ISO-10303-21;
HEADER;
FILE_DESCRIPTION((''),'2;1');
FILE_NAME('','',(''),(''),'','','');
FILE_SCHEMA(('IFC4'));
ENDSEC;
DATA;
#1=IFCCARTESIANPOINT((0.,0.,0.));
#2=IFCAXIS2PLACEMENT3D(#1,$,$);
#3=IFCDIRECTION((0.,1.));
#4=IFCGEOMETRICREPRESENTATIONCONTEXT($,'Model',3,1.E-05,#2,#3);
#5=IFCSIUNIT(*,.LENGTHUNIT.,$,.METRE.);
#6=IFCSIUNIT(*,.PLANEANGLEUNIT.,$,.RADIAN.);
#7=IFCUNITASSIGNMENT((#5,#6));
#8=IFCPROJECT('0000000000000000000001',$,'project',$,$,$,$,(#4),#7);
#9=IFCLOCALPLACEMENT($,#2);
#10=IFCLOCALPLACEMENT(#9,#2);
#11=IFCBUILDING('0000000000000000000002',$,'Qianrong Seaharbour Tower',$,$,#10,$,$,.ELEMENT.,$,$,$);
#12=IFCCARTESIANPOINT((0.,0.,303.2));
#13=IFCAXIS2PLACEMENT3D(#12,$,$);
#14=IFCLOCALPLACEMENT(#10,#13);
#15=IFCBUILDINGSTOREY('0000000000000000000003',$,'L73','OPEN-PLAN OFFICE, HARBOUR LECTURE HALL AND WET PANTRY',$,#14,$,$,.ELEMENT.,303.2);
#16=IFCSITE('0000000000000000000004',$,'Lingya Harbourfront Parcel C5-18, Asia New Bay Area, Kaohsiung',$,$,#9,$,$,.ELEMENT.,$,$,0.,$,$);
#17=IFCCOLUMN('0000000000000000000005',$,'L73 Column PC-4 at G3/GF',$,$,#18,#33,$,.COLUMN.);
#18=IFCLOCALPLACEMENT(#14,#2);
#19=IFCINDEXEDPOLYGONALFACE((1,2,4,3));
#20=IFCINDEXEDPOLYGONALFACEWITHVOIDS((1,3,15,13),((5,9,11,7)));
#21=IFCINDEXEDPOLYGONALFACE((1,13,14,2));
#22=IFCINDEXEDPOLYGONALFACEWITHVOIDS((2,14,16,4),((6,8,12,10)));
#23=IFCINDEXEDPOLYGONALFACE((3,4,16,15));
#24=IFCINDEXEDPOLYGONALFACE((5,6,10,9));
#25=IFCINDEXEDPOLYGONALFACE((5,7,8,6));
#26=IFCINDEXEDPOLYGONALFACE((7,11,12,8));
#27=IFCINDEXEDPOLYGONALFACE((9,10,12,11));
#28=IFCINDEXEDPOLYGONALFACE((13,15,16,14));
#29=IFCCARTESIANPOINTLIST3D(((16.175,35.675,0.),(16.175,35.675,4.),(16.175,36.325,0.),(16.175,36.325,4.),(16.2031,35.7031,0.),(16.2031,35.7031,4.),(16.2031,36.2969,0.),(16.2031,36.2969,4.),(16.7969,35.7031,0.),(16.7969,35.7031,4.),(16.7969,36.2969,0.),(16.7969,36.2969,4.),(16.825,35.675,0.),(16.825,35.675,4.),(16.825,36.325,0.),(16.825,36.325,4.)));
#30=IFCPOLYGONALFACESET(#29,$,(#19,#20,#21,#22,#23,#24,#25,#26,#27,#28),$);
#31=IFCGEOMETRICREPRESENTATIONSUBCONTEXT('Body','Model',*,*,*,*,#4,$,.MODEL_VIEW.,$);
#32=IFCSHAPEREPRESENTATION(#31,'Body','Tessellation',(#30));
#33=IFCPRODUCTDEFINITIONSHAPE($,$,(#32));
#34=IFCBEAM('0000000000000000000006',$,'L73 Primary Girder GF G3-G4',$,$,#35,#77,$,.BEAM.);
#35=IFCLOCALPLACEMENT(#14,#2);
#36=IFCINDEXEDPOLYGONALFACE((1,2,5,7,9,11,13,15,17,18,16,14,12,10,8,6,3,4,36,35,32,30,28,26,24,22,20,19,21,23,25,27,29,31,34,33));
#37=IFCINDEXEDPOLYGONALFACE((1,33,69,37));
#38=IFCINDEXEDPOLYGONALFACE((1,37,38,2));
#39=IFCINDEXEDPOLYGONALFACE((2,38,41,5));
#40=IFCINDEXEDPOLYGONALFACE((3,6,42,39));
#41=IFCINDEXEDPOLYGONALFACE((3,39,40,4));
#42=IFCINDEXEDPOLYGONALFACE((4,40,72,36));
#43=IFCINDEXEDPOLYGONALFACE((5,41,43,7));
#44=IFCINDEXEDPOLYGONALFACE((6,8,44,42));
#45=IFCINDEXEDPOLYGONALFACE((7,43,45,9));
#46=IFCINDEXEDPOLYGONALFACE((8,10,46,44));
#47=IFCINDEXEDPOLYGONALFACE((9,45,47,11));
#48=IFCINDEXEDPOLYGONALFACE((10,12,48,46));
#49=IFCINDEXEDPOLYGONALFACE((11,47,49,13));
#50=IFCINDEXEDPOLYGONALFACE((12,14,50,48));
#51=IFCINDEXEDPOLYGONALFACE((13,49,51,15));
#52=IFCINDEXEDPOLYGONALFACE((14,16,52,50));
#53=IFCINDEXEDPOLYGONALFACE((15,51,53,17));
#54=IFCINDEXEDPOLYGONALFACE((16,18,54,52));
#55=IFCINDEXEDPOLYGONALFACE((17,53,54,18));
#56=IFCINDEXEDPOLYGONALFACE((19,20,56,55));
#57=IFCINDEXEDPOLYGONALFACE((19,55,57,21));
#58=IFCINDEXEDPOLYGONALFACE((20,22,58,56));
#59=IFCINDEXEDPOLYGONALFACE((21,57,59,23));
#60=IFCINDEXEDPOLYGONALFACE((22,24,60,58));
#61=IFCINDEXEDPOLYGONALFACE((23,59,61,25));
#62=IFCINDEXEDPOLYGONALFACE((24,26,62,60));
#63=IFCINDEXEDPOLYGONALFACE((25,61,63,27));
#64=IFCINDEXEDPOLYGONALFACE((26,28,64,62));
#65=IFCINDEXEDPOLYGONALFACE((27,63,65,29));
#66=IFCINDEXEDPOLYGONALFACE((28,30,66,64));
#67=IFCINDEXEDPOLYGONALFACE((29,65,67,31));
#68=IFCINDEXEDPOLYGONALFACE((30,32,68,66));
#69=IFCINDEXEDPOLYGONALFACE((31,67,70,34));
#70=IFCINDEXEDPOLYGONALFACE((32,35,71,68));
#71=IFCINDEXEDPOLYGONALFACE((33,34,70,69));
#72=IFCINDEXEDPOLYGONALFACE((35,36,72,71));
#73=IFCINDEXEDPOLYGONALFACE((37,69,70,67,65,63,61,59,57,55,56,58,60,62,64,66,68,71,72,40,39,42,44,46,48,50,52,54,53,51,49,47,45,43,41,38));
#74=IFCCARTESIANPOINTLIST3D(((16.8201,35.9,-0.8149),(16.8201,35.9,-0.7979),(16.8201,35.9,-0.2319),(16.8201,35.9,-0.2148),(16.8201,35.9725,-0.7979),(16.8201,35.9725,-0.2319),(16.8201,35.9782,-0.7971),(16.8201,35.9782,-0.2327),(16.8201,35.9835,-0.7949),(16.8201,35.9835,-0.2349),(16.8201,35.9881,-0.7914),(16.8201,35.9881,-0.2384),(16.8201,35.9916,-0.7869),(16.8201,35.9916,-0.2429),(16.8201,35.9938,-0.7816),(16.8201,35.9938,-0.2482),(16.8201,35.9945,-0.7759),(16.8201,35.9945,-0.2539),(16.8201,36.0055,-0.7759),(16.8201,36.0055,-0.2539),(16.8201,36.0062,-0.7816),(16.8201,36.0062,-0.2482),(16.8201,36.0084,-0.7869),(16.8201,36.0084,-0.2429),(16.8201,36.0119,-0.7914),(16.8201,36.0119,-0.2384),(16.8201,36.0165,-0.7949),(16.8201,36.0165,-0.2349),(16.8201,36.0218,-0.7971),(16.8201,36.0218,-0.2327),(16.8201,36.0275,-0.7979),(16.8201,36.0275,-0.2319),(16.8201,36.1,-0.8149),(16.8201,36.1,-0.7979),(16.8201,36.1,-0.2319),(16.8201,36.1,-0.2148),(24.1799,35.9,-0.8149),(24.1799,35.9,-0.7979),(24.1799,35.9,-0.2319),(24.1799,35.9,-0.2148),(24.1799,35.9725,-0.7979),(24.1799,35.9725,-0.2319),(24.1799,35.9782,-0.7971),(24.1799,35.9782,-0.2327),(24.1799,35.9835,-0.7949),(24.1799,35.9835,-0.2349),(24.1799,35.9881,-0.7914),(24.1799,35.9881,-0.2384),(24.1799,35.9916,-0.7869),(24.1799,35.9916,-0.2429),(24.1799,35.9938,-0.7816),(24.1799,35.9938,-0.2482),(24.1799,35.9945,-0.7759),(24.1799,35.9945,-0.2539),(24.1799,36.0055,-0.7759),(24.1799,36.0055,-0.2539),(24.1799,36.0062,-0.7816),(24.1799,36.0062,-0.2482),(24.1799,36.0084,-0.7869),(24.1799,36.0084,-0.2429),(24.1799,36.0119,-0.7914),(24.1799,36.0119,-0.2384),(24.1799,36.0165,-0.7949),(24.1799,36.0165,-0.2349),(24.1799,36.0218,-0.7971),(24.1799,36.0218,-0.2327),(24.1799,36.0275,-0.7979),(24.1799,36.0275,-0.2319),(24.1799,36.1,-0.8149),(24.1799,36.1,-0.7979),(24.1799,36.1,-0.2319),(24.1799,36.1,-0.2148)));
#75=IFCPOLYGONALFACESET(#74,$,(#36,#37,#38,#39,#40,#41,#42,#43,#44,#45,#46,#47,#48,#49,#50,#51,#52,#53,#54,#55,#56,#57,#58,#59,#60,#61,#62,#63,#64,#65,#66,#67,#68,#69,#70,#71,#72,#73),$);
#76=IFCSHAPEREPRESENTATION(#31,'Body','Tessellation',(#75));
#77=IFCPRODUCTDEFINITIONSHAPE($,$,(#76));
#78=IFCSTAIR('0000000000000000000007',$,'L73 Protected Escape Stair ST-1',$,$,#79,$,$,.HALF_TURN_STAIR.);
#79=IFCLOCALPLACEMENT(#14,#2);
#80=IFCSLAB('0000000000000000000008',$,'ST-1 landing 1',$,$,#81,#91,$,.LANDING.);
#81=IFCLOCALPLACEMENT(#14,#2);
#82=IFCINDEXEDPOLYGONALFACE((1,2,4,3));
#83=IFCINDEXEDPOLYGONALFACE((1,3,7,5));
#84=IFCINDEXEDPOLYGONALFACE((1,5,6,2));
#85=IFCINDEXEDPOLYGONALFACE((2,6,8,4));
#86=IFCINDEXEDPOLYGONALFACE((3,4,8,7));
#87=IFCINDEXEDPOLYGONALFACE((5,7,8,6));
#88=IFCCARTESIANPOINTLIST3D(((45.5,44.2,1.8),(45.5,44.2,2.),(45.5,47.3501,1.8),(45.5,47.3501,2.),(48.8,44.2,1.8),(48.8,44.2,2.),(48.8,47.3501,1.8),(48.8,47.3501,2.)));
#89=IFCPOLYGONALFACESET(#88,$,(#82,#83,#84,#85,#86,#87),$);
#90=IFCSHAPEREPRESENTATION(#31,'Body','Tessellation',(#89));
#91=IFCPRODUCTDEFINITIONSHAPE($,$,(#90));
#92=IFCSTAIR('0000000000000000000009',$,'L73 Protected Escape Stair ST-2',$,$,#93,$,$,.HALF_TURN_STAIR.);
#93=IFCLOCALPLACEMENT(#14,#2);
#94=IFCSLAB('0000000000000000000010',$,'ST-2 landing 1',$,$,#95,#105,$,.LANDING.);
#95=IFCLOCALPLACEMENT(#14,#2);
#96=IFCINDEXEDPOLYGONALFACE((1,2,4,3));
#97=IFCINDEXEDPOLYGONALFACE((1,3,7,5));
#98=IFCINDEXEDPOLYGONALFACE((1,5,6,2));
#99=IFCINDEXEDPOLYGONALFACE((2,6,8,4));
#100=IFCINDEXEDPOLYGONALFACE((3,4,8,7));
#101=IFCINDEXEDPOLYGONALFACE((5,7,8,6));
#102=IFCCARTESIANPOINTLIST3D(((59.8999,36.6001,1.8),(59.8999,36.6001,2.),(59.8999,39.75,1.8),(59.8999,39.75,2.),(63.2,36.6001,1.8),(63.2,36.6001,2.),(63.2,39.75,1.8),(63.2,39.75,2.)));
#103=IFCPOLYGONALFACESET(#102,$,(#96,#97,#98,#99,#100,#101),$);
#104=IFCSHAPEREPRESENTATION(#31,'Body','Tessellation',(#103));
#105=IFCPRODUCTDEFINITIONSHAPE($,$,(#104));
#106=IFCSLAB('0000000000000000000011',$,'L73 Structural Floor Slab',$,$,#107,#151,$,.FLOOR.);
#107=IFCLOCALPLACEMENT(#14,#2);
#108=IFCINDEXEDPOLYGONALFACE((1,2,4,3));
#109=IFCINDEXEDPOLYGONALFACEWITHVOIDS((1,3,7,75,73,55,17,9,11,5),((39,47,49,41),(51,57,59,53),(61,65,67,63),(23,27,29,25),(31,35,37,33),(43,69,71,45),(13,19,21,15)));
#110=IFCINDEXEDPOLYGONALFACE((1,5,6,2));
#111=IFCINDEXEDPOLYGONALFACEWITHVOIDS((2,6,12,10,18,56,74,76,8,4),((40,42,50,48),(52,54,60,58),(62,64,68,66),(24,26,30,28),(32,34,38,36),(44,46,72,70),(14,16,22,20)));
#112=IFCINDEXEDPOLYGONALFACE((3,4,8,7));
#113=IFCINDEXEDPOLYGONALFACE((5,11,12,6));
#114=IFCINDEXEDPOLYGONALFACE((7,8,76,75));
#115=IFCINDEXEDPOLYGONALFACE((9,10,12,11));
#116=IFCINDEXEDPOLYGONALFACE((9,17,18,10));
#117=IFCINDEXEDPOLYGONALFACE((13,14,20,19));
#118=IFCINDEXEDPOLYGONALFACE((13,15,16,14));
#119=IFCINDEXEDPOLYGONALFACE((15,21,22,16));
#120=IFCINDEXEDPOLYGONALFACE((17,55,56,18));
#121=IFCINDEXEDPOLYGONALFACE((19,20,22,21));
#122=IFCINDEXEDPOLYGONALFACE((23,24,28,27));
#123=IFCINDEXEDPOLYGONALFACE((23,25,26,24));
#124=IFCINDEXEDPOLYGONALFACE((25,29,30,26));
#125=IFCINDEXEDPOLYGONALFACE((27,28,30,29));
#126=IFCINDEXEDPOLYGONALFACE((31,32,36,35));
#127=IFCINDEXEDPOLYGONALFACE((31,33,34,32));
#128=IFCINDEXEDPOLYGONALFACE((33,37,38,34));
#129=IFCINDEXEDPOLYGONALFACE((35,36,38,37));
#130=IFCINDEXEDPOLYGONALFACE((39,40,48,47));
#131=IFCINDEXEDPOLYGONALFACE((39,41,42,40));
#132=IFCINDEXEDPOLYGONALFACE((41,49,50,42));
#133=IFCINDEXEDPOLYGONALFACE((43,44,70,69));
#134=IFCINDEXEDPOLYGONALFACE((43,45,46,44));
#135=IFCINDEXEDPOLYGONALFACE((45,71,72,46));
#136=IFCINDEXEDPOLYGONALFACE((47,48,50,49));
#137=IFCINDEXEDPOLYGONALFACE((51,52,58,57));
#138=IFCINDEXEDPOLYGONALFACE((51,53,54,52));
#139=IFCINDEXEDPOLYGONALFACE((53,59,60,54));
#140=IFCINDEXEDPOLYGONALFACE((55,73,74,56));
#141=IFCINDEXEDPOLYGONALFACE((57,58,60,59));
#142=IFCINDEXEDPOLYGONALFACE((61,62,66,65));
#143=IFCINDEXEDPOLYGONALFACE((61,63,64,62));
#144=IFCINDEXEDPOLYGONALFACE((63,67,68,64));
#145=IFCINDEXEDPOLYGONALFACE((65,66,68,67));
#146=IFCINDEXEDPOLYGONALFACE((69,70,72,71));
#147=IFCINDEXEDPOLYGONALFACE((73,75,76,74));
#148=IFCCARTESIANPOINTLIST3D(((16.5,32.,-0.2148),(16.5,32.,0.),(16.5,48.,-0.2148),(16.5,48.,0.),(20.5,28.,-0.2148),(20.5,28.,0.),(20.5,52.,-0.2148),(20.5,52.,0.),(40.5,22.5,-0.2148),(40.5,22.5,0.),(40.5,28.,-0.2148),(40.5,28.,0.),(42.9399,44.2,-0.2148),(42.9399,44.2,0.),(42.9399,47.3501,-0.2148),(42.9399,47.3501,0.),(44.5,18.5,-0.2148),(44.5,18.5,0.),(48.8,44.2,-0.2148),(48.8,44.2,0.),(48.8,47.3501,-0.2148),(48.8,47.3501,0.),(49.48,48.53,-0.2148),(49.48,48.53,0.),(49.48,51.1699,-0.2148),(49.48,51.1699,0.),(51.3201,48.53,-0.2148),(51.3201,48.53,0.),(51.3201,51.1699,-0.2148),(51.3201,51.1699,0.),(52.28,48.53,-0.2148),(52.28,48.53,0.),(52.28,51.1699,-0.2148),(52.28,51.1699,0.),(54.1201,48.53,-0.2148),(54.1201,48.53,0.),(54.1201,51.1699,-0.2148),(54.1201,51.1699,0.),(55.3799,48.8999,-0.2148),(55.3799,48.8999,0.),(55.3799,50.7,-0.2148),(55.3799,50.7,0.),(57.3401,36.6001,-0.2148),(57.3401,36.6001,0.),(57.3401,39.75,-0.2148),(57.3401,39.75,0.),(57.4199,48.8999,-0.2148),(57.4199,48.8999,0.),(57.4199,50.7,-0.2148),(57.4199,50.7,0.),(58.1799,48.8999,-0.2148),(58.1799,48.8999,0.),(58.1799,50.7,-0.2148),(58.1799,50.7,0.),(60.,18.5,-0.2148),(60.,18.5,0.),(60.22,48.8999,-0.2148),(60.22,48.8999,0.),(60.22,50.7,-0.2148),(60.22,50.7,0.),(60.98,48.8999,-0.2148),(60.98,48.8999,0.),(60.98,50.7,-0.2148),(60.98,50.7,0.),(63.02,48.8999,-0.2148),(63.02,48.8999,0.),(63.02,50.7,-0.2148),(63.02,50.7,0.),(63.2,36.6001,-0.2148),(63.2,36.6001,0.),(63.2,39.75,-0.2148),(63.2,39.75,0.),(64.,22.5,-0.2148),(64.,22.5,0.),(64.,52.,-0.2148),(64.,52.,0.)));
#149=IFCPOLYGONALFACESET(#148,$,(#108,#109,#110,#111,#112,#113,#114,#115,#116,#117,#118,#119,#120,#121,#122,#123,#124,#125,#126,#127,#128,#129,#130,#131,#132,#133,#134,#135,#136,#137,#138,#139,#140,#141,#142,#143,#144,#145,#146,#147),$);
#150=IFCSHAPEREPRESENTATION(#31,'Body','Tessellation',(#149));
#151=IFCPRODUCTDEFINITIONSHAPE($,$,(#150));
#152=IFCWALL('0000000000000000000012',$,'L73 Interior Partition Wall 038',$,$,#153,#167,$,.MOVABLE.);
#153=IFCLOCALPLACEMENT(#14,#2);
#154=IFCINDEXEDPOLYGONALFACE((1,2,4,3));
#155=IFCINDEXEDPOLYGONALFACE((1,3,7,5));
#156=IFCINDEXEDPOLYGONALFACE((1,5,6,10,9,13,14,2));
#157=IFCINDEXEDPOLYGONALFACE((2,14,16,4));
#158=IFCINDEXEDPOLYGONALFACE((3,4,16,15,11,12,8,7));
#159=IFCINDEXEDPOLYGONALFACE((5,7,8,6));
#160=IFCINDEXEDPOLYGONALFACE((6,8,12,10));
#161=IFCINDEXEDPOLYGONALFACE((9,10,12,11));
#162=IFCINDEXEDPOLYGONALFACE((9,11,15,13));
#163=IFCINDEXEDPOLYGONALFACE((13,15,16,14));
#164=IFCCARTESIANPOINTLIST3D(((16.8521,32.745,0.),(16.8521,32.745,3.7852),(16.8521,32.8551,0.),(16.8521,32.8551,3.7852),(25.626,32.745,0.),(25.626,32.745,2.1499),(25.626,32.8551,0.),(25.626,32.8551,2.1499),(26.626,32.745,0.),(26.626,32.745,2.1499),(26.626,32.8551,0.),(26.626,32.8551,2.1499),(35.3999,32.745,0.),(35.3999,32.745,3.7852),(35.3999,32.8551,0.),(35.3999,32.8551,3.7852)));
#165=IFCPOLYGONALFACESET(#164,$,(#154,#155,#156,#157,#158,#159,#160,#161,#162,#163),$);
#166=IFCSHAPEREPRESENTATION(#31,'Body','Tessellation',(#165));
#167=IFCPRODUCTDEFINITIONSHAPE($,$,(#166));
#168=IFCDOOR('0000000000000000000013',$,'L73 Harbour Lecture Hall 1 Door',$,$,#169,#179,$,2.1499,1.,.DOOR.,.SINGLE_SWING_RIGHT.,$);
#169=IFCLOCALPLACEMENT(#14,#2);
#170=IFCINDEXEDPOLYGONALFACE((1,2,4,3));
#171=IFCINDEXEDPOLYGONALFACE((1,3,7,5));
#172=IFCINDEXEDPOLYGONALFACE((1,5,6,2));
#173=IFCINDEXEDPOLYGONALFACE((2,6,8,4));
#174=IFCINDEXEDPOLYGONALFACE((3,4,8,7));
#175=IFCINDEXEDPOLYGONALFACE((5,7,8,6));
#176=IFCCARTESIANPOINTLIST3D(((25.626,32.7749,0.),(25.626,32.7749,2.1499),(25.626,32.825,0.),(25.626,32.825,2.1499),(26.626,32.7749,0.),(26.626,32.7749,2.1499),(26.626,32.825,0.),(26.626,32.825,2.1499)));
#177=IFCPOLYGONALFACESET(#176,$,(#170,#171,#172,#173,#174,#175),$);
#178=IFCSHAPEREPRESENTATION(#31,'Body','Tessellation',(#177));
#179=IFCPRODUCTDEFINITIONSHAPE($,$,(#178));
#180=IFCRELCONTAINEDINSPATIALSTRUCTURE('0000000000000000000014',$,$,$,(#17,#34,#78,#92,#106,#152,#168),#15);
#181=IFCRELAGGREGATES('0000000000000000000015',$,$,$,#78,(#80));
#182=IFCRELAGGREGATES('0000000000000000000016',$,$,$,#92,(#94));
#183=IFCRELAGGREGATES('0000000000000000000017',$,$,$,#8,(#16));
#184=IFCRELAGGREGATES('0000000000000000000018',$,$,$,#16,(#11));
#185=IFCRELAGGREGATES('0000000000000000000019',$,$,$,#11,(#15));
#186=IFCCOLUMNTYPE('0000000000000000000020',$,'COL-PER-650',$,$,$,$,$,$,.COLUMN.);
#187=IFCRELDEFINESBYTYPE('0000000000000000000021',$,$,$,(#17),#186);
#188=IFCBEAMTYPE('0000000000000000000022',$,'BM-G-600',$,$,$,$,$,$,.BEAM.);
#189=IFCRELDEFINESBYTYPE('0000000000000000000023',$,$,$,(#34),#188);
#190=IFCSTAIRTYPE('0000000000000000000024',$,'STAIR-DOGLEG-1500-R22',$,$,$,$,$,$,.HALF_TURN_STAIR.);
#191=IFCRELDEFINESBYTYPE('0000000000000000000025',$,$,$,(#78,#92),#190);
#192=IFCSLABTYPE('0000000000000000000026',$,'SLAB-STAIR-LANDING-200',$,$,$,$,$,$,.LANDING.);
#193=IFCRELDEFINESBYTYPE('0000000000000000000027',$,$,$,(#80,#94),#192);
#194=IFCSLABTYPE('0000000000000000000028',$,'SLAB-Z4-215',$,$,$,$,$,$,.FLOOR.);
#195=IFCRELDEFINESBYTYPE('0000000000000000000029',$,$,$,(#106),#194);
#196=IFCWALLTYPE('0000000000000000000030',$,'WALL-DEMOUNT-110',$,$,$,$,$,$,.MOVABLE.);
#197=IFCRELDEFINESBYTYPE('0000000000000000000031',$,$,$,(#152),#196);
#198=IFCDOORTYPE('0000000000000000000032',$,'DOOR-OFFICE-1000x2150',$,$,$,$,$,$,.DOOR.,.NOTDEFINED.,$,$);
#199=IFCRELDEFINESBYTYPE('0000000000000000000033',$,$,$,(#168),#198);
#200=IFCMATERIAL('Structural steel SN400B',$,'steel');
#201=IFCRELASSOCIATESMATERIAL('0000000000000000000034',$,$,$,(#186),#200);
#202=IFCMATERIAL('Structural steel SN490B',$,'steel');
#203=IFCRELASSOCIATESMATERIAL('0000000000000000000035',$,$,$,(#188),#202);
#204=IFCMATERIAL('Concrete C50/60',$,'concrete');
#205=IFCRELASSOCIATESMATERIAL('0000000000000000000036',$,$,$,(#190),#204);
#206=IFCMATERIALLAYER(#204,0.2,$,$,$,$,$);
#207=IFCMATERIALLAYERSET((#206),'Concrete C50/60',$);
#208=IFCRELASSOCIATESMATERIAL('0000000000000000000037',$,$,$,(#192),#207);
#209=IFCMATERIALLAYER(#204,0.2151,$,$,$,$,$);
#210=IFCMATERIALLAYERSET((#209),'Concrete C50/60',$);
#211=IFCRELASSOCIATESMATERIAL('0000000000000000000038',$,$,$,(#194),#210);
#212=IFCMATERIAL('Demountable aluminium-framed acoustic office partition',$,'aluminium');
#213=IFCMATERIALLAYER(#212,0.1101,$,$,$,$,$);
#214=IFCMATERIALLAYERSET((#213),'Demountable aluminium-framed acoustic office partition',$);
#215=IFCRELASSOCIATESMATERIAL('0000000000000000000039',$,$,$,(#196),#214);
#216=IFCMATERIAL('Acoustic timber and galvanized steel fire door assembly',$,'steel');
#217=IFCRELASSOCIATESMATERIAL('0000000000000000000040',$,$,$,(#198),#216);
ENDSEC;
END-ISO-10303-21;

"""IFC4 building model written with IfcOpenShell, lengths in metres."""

from ifc_helpers import new_model, si_unit, direction, frame, frame_2d, origin, origin_2d, place, context, subcontext, project, spatial, polyline, rectangle, hollow_rectangle, i_section, outline, extrude, material, layer, layer_set, material_profile, profile_set, type_object, element, fill, aggregate, save


model = new_model("IFC4")

# Units and contexts
model_context = context("Model", 3, precision=1e-05, world=origin(), true_north=direction((0.0, 1.0)))
body_context = subcontext(model_context, "Body", "Model", "MODEL_VIEW")
ifc_project = project(units=[si_unit("LENGTHUNIT", "METRE"), si_unit("PLANEANGLEUNIT", "RADIAN")], contexts=[model_context])

# Site, building, storey
site_placement = place(None, origin())
site = spatial("IfcSite", under=ifc_project, at=site_placement, Name="Lingya Harbourfront Parcel C5-18, Asia New Bay Area, Kaohsiung", CompositionType="ELEMENT", RefElevation=0.0)
building_placement = place(site_placement, origin())
building = spatial("IfcBuilding", under=site, at=building_placement, Name="Qianrong Seaharbour Tower", CompositionType="ELEMENT")
storey_placement = place(building_placement, frame((0.0, 0.0, 303.2)))
storey = spatial("IfcBuildingStorey", under=building, at=storey_placement, Name="L73", Description="OPEN-PLAN OFFICE, HARBOUR LECTURE HALL AND WET PANTRY", CompositionType="ELEMENT", Elevation=303.2)

# Column
ifc_material_1 = material(Name="Structural steel SN400B", Category="steel")
ifc_material_profile_1 = material_profile(ifc_material_1, hollow_rectangle(XDim=0.6499, YDim=0.6499, WallThickness=0.0281, at=origin_2d()), Name="BOX650x650x28")
ifc_profile_set_1 = profile_set([ifc_material_profile_1], Name="Structural steel SN400B")
column_type = type_object("IfcColumnType", Name="COL-PER-650", PredefinedType="COLUMN", material=ifc_profile_set_1)
column_placement = place(storey_placement, frame((16.5, 36.0, 0.0), z_axis=(0.0, 0.0, 1.0), x_axis=(1.0, 0.0, 0.0)))
element("IfcColumn", 1, at=column_placement, inside=storey, type_object=column_type, Name="L73 Column PC-4 at G3/GF", PredefinedType="COLUMN", context=body_context, shape_type="SweptSolid", body=[
    extrude(hollow_rectangle(XDim=0.6499, YDim=0.6499, WallThickness=0.0281, at=origin_2d()), origin(), (0.0, 0.0, 1.0), 4.0),
])

# Beam
ifc_material_2 = material(Name="Structural steel SN490B", Category="steel")
ifc_material_profile_2 = material_profile(ifc_material_2, i_section(OverallWidth=0.2, OverallDepth=0.6001, WebThickness=0.011, FlangeThickness=0.0171, FilletRadius=0.022, at=origin_2d()), Name="H600x200x11x17")
ifc_profile_set_2 = profile_set([ifc_material_profile_2], Name="Structural steel SN490B")
beam_type = type_object("IfcBeamType", Name="BM-G-600", PredefinedType="BEAM", material=ifc_profile_set_2)
beam_placement = place(storey_placement, frame((16.8201, 36.0, -0.5149), z_axis=(1.0, 0.0, 0.0), x_axis=(0.0, 1.0, 0.0)))
element("IfcBeam", 2, at=beam_placement, inside=storey, type_object=beam_type, Name="L73 Primary Girder GF G3-G4", PredefinedType="BEAM", context=body_context, shape_type="SweptSolid", body=[
    extrude(i_section(OverallWidth=0.2, OverallDepth=0.6001, WebThickness=0.011, FlangeThickness=0.0171, FilletRadius=0.022, at=origin_2d()), origin(), (0.0, 0.0, 1.0), 7.3599),
])

# Stairs, slabs
ifc_material_3 = material(Name="Concrete C50/60", Category="concrete")
stair_type = type_object("IfcStairType", Name="STAIR-DOGLEG-1500-R22", PredefinedType="HALF_TURN_STAIR", material=ifc_material_3)
stair_1_placement = place(storey_placement, origin())
stair_1 = element("IfcStair", 3, at=stair_1_placement, inside=storey, type_object=stair_type, Name="L73 Protected Escape Stair ST-1", PredefinedType="HALF_TURN_STAIR")
ifc_layer_1 = layer(ifc_material_3, 0.2)
ifc_layer_set_1 = layer_set([ifc_layer_1], Name="Concrete C50/60")
slab_type_1 = type_object("IfcSlabType", Name="SLAB-STAIR-LANDING-200", PredefinedType="LANDING", material=ifc_layer_set_1)
slab_1_placement = place(storey_placement, frame((0.0, 0.0, 1.8)))
slab_1 = element("IfcSlab", 4, at=slab_1_placement, type_object=slab_type_1, Name="ST-1 landing 1", PredefinedType="LANDING", context=body_context, shape_type="SweptSolid", body=[
    extrude(outline(polyline([(45.5, 44.2), (48.8, 44.2), (48.8, 47.3501), (45.5, 47.3501), (45.5, 44.2)])), origin(), (0.0, 0.0, 1.0), 0.2),
])
aggregate(stair_1, [slab_1])
stair_2_placement = place(storey_placement, origin())
stair_2 = element("IfcStair", 5, at=stair_2_placement, inside=storey, type_object=stair_type, Name="L73 Protected Escape Stair ST-2", PredefinedType="HALF_TURN_STAIR")
slab_2_placement = place(storey_placement, frame((0.0, 0.0, 1.8)))
slab_2 = element("IfcSlab", 6, at=slab_2_placement, type_object=slab_type_1, Name="ST-2 landing 1", PredefinedType="LANDING", context=body_context, shape_type="SweptSolid", body=[
    extrude(outline(polyline([(59.8999, 36.6001), (63.2, 36.6001), (63.2, 39.75), (59.8999, 39.75), (59.8999, 36.6001)])), origin(), (0.0, 0.0, 1.0), 0.2),
])
aggregate(stair_2, [slab_2])

# Slab
ifc_layer_2 = layer(ifc_material_3, 0.2151)
ifc_layer_set_2 = layer_set([ifc_layer_2], Name="Concrete C50/60")
slab_type_2 = type_object("IfcSlabType", Name="SLAB-Z4-215", PredefinedType="FLOOR", material=ifc_layer_set_2)
slab_3_placement = place(storey_placement, frame((0.0, 0.0, -0.2148)))
element("IfcSlab", 7, at=slab_3_placement, inside=storey, type_object=slab_type_2, Name="L73 Structural Floor Slab", PredefinedType="FLOOR", context=body_context, shape_type="SweptSolid", body=[
    extrude(outline(polyline([(44.5, 18.5), (60.0, 18.5), (64.0, 22.5), (64.0, 52.0), (20.5, 52.0), (16.5, 48.0), (16.5, 32.0), (20.5, 28.0), (40.5, 28.0), (40.5, 22.5), (44.5, 18.5)]), holes=[polyline([(42.9399, 44.2), (42.9399, 47.3501), (48.8, 47.3501), (48.8, 44.2), (42.9399, 44.2)]), polyline([(57.3401, 36.6001), (57.3401, 39.75), (63.2, 39.75), (63.2, 36.6001), (57.3401, 36.6001)]), polyline([(49.48, 48.53), (49.48, 51.1699), (51.3201, 51.1699), (51.3201, 48.53), (49.48, 48.53)]), polyline([(52.28, 48.53), (52.28, 51.1699), (54.1201, 51.1699), (54.1201, 48.53), (52.28, 48.53)]), polyline([(55.3799, 48.8999), (55.3799, 50.7), (57.4199, 50.7), (57.4199, 48.8999), (55.3799, 48.8999)]), polyline([(58.1799, 48.8999), (58.1799, 50.7), (60.22, 50.7), (60.22, 48.8999), (58.1799, 48.8999)]), polyline([(60.98, 48.8999), (60.98, 50.7), (63.02, 50.7), (63.02, 48.8999), (60.98, 48.8999)])]), origin(), (0.0, 0.0, 1.0), 0.2148),
])

# Wall, opening, door
ifc_material_4 = material(Name="Demountable aluminium-framed acoustic office partition", Category="aluminium")
ifc_layer_3 = layer(ifc_material_4, 0.1101)
ifc_layer_set_3 = layer_set([ifc_layer_3], Name="Demountable aluminium-framed acoustic office partition")
wall_type_1 = type_object("IfcWallType", Name="WALL-DEMOUNT-110", PredefinedType="MOVABLE", material=ifc_layer_set_3)
wall_1_placement = place(storey_placement, frame((16.8521, 32.8, 0.0), z_axis=(0.0, 0.0, 1.0), x_axis=(1.0, 0.0, 0.0)))
wall_1 = element("IfcWall", 8, at=wall_1_placement, inside=storey, type_object=wall_type_1, Name="L73 Interior Partition Wall 038", PredefinedType="MOVABLE", context=body_context, shape_type="SweptSolid", body=[
    extrude(rectangle(XDim=18.5479, YDim=0.1101, at=frame_2d((9.2739, 0.0))), origin(), (0.0, 0.0, 1.0), 3.7852),
])
opening_1_placement = place(wall_1_placement, frame((8.7739, 0.0, 0.0)))
opening_1 = element("IfcOpeningElement", 9, at=opening_1_placement, cuts=wall_1, PredefinedType="OPENING", context=body_context, shape_type="SweptSolid", body=[
    extrude(rectangle(XDim=1.0, YDim=2.1499, at=frame_2d((0.5, 1.075))), frame((0.0, 0.0649, 0.0), z_axis=(0.0, -1.0, 0.0), x_axis=(1.0, 0.0, 0.0)), (0.0, 0.0, 1.0), 0.1301),
])
ifc_material_5 = material(Name="Acoustic timber and galvanized steel fire door assembly", Category="steel")
door_type = type_object("IfcDoorType", Name="DOOR-OFFICE-1000x2150", OperationType="NOTDEFINED", PredefinedType="DOOR", material=ifc_material_5)
door_placement = place(opening_1_placement, origin())
door = element("IfcDoor", 10, at=door_placement, inside=storey, type_object=door_type, Name="L73 Harbour Lecture Hall 1 Door", OperationType="SINGLE_SWING_RIGHT", OverallHeight=2.1499, OverallWidth=1.0, PredefinedType="DOOR", context=body_context, shape_type="SweptSolid", body=[
    extrude(rectangle(XDim=1.0, YDim=2.1499, at=frame_2d((0.5, 1.075))), frame((0.0, 0.0249, 0.0), z_axis=(0.0, -1.0, 0.0), x_axis=(1.0, 0.0, 0.0)), (0.0, 0.0, 1.0), 0.05),
])
fill(opening_1, door)

save(model, "model.ifc")
